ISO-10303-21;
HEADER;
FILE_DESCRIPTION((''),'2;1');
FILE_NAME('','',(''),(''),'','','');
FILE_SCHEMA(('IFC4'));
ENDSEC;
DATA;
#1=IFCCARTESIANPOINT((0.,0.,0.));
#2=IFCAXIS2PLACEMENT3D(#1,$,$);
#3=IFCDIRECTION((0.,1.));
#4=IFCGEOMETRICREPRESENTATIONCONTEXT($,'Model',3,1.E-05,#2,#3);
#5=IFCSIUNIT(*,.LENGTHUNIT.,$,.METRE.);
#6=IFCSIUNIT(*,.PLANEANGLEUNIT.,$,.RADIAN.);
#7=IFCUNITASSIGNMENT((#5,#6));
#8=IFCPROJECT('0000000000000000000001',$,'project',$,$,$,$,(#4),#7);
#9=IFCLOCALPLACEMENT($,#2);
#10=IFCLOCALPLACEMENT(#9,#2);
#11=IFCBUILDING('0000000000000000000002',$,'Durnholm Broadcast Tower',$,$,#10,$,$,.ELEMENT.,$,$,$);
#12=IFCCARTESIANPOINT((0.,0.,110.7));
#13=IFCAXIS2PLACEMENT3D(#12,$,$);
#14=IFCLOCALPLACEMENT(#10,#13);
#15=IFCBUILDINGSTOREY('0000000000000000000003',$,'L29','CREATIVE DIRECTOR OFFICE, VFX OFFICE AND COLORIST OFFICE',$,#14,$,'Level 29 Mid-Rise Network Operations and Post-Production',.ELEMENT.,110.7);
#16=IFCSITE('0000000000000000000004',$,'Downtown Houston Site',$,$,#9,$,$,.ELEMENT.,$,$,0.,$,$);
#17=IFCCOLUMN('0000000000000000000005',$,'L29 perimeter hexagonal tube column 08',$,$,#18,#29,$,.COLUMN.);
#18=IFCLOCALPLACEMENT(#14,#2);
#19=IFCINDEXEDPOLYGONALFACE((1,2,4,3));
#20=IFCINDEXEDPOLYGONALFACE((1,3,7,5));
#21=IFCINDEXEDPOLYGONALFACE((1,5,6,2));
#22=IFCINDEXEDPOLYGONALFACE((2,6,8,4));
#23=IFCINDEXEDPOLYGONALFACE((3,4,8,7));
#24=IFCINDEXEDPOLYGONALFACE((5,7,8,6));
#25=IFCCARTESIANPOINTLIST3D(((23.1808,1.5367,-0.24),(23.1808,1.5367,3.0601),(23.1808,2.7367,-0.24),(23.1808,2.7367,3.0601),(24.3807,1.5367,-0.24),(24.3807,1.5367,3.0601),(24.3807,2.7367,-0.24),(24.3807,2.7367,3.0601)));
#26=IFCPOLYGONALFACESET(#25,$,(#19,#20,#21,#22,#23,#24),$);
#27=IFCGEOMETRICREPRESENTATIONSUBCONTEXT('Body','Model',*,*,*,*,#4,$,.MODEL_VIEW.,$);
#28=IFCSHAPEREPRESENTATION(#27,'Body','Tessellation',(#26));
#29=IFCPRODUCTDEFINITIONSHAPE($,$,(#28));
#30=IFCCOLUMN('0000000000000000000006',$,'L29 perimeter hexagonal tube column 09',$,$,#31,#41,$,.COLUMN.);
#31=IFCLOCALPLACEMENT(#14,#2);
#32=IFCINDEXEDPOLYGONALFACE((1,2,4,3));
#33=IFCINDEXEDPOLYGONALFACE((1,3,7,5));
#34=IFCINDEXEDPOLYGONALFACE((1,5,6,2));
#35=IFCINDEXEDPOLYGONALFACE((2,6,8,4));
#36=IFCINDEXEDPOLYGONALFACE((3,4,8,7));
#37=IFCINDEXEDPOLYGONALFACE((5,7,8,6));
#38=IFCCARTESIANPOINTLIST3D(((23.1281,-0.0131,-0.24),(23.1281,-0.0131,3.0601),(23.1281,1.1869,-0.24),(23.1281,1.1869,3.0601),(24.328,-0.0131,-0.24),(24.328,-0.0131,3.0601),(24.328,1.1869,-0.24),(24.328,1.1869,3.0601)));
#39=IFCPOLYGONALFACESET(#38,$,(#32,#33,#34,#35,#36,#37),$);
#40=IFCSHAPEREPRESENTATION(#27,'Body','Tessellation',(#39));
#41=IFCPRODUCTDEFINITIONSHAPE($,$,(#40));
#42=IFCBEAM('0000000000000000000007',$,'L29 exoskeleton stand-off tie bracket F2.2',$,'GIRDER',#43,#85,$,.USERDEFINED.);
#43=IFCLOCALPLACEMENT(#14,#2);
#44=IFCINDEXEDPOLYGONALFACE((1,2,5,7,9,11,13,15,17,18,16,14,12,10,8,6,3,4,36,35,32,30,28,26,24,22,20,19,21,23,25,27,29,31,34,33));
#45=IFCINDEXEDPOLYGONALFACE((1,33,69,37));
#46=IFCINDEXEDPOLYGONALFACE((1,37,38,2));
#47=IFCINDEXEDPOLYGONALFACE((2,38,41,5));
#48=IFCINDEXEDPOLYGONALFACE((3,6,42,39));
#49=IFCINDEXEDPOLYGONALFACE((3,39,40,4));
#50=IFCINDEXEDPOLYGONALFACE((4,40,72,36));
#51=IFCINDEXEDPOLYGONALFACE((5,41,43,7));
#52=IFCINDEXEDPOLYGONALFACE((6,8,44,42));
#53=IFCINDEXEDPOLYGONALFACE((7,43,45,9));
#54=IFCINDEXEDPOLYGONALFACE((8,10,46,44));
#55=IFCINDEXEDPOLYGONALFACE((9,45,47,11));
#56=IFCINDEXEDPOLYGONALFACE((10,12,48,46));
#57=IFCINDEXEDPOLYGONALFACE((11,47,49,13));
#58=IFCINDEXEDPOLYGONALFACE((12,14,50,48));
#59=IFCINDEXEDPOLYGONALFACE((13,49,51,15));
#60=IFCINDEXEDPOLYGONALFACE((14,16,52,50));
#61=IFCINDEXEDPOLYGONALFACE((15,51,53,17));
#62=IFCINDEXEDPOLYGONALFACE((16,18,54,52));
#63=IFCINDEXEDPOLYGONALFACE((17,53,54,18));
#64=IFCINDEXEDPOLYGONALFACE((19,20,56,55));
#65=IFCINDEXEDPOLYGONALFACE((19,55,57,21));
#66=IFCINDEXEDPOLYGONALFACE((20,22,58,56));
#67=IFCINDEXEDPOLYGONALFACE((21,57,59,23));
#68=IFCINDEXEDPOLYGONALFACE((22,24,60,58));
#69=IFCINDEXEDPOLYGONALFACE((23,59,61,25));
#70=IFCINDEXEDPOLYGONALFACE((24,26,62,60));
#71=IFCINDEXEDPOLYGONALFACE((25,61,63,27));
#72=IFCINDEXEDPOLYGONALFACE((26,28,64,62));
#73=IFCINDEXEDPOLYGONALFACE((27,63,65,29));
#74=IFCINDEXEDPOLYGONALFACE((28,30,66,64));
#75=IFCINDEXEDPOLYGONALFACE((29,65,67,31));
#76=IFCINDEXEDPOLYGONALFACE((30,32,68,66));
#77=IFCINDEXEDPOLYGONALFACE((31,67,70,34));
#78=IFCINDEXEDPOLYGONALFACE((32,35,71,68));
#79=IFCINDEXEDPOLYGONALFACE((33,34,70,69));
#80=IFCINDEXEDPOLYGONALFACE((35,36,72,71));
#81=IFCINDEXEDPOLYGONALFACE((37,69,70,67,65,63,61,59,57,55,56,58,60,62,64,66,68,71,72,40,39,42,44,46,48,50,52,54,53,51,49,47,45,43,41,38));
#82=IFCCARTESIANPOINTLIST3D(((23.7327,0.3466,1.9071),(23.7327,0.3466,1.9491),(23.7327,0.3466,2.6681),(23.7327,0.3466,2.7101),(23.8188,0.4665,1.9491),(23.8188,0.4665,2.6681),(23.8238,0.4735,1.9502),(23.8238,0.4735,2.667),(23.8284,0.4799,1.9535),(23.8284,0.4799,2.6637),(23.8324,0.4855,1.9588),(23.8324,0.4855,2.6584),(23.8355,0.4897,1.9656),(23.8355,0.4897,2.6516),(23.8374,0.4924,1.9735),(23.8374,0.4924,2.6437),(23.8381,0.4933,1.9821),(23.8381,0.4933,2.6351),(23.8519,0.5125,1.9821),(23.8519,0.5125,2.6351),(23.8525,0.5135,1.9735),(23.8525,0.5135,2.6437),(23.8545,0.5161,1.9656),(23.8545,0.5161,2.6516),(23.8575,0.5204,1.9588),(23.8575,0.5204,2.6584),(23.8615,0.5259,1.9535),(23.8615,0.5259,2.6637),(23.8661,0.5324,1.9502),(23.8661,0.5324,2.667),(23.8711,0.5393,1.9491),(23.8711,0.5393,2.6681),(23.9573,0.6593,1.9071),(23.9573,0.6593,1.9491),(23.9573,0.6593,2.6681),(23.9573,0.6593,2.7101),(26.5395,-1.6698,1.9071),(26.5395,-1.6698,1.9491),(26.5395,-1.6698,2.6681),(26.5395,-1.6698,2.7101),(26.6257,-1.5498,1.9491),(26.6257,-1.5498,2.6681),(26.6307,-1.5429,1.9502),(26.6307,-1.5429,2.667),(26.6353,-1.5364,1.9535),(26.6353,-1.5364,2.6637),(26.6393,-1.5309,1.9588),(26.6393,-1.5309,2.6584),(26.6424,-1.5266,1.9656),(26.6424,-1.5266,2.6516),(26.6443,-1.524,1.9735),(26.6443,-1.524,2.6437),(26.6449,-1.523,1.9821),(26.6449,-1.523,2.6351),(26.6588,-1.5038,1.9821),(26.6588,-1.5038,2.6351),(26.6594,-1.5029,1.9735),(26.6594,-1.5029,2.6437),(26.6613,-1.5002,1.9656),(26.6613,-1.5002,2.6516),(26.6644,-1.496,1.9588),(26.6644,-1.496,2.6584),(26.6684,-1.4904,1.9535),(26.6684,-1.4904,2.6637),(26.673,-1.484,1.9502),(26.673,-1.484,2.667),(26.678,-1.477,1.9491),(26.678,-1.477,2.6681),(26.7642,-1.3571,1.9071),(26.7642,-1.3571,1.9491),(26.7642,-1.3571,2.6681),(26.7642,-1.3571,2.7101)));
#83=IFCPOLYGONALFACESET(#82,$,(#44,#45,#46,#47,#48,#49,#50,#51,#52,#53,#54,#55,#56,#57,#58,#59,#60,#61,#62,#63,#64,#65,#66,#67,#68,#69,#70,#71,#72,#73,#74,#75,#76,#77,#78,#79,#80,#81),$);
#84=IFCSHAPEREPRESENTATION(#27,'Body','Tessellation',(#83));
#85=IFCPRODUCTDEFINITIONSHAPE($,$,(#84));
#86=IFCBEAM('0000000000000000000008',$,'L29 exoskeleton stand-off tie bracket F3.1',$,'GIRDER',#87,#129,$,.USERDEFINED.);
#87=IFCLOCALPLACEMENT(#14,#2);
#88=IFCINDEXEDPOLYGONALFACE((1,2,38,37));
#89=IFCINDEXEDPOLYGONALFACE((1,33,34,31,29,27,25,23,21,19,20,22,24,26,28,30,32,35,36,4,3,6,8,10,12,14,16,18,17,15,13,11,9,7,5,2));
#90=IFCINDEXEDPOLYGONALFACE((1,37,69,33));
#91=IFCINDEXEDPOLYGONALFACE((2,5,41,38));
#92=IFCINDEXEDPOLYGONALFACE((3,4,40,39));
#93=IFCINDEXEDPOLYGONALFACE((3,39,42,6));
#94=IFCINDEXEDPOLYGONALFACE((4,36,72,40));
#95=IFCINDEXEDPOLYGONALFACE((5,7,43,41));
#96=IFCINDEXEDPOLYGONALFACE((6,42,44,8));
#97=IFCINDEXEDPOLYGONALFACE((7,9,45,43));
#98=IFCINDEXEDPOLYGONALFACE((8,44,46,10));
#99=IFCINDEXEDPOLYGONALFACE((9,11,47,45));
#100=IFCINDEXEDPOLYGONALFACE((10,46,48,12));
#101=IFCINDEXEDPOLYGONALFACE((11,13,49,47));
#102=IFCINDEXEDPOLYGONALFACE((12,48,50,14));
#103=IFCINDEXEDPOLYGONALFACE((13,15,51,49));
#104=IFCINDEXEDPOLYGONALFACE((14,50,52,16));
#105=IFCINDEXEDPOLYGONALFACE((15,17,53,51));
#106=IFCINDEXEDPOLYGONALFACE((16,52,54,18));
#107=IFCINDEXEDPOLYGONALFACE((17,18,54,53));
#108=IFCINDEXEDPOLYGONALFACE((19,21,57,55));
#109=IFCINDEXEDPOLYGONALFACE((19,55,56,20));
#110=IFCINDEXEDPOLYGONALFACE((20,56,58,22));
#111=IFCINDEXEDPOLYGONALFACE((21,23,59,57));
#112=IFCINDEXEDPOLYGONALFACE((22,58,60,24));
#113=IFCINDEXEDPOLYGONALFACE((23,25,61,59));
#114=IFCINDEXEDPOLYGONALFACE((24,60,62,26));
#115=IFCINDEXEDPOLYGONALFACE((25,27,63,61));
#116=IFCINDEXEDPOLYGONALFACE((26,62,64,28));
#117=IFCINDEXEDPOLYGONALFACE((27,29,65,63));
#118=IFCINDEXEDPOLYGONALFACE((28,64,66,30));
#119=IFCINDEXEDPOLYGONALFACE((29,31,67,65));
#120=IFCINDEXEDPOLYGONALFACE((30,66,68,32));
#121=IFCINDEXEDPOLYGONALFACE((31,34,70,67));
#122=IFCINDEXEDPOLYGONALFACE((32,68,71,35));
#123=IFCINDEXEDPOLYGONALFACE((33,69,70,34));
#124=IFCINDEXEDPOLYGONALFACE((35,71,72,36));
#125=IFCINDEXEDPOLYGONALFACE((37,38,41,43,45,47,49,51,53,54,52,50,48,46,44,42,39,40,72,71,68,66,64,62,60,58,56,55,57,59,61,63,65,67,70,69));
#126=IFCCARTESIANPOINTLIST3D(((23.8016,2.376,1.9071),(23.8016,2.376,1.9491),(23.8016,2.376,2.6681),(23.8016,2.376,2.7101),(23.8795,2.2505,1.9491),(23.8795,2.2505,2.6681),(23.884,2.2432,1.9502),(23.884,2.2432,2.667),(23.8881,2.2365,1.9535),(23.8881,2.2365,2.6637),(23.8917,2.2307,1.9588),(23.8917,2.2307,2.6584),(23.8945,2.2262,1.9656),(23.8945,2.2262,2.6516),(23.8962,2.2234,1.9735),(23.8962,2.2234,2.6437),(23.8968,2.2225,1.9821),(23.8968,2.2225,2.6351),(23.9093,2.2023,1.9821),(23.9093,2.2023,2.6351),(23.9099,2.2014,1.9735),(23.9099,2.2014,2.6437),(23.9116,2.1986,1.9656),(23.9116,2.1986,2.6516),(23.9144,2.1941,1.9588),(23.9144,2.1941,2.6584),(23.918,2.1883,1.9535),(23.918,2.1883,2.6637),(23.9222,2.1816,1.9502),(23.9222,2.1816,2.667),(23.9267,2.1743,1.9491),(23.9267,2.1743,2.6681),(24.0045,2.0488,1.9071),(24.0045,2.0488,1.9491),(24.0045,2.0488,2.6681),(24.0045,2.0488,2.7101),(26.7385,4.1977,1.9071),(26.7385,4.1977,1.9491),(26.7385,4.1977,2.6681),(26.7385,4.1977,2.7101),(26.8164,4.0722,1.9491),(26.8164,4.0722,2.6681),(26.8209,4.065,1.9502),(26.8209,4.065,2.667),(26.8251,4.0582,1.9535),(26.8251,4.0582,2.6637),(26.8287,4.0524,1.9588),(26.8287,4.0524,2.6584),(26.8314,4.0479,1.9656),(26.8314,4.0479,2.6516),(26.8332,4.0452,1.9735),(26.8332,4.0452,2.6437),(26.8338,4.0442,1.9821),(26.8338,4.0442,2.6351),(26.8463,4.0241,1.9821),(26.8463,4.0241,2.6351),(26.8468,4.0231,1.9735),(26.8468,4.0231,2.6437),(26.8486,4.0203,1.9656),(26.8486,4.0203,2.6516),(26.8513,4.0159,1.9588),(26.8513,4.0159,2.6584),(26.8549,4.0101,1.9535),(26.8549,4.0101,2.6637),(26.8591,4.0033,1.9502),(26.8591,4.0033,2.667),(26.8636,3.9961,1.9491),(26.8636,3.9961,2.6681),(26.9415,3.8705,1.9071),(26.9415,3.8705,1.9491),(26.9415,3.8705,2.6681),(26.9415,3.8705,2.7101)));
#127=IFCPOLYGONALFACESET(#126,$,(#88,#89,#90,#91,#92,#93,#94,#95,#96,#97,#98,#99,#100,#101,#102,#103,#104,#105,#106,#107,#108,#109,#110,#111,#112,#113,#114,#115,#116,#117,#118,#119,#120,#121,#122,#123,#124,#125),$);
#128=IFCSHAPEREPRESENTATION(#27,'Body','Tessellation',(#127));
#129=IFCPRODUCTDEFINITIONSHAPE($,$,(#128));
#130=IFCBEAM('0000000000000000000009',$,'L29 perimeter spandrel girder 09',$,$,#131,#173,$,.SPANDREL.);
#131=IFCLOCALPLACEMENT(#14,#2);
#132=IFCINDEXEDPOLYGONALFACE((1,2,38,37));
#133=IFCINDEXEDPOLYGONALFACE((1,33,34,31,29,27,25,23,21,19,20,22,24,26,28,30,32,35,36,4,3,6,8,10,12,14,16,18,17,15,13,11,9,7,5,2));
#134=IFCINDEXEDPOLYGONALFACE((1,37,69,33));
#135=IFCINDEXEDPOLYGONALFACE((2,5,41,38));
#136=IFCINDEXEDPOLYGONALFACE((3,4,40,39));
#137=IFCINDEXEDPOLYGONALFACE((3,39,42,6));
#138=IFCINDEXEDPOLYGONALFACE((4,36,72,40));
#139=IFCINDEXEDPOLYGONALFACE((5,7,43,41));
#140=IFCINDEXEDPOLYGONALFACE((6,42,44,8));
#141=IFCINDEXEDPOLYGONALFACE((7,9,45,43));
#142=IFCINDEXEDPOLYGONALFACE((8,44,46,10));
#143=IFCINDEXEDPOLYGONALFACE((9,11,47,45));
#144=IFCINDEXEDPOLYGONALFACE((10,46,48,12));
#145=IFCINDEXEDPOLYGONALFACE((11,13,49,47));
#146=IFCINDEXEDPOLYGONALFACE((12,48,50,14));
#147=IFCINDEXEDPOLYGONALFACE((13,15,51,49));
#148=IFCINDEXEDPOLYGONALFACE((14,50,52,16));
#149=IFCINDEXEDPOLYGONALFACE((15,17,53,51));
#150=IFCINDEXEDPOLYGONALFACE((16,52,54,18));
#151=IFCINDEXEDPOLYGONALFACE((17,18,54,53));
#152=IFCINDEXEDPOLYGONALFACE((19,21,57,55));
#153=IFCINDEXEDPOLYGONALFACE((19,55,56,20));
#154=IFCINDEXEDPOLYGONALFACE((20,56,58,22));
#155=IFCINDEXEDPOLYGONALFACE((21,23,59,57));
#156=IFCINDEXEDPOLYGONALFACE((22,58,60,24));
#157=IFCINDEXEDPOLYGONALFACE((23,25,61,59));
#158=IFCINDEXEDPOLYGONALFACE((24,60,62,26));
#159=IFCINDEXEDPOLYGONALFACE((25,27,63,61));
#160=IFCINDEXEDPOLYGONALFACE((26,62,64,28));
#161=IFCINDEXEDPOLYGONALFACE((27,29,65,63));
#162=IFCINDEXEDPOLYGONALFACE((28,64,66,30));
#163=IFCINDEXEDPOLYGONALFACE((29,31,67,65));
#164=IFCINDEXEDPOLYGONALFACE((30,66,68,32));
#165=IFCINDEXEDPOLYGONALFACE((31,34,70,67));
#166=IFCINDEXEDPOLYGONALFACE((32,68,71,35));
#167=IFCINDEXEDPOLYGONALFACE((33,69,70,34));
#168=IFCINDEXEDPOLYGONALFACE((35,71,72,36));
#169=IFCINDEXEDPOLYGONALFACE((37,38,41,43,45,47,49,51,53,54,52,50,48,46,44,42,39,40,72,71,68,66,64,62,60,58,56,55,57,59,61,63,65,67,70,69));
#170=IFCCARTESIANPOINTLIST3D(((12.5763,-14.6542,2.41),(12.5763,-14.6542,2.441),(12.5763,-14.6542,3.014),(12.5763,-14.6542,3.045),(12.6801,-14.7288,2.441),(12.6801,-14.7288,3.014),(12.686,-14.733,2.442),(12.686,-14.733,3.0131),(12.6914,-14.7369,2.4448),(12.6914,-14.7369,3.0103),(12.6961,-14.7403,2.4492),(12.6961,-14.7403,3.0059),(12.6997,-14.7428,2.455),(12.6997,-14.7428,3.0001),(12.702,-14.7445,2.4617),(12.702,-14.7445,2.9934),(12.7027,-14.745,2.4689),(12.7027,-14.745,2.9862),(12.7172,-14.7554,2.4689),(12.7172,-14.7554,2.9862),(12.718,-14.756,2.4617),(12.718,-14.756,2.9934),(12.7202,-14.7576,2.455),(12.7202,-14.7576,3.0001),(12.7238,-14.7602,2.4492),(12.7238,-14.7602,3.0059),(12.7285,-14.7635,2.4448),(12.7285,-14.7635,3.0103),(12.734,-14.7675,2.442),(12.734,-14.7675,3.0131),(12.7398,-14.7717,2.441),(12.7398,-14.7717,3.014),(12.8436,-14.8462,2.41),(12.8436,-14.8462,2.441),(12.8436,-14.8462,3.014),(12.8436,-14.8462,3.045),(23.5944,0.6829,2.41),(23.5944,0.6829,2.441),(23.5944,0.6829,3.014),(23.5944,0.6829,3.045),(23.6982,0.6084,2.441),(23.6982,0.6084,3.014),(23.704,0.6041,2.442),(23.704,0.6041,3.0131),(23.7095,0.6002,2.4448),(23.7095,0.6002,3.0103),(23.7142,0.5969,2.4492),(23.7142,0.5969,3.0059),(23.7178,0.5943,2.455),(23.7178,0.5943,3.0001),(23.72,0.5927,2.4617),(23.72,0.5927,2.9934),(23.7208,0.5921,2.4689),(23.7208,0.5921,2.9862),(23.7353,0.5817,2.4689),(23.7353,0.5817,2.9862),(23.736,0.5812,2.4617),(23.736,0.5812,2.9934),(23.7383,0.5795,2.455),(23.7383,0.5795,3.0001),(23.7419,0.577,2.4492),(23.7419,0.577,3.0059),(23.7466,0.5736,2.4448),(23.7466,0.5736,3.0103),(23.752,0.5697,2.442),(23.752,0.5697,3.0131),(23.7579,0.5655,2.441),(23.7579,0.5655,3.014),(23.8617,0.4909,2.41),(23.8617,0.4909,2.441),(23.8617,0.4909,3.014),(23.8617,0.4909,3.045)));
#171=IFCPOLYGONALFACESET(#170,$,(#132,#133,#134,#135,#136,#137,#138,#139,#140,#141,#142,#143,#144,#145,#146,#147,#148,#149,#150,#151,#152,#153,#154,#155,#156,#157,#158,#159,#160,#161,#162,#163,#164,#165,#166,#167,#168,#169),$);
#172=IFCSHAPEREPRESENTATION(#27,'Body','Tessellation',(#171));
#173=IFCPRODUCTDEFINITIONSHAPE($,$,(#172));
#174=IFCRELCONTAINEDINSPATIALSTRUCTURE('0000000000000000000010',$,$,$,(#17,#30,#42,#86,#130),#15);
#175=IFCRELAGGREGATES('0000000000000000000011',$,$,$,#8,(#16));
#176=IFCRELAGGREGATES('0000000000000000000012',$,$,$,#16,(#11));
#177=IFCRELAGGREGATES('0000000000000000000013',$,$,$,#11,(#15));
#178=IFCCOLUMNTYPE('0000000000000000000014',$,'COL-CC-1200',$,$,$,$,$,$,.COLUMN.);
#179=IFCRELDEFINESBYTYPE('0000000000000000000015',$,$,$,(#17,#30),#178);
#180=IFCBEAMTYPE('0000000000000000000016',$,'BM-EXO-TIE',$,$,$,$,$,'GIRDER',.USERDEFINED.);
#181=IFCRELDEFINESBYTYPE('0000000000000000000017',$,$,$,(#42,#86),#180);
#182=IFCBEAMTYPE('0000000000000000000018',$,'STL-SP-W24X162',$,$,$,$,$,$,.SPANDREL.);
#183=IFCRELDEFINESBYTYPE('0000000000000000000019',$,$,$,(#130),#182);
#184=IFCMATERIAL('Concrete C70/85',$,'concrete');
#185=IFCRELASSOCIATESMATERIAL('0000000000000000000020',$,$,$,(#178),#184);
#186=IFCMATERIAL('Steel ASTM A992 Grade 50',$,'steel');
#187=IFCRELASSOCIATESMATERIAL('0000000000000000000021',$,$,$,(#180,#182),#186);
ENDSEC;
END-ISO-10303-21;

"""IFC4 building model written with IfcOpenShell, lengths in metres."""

from ifc_helpers import new_model, si_unit, direction, frame, origin, origin_2d, place, context, subcontext, project, spatial, rectangle, i_section, extrude, source, transform, mapped, material, material_profile, profile_set, type_object, type_shapes, element, save


model = new_model("IFC4")

# Units and contexts
model_context = context("Model", 3, precision=1e-05, world=origin(), true_north=direction((0.0, 1.0)))
body_context = subcontext(model_context, "Body", "Model", "MODEL_VIEW")
ifc_project = project(units=[si_unit("LENGTHUNIT", "METRE"), si_unit("PLANEANGLEUNIT", "RADIAN")], contexts=[model_context])

# Site, building, storey
site_placement = place(None, origin())
site = spatial("IfcSite", under=ifc_project, at=site_placement, Name="Downtown Houston Site", CompositionType="ELEMENT", RefElevation=0.0)
building_placement = place(site_placement, origin())
building = spatial("IfcBuilding", under=site, at=building_placement, Name="Durnholm Broadcast Tower", CompositionType="ELEMENT")
storey_placement = place(building_placement, frame((0.0, 0.0, 110.7)))
storey = spatial("IfcBuildingStorey", under=building, at=storey_placement, Name="L29", Description="CREATIVE DIRECTOR OFFICE, VFX OFFICE AND COLORIST OFFICE", LongName="Level 29 Mid-Rise Network Operations and Post-Production", CompositionType="ELEMENT", Elevation=110.7)

# Columns
ifc_material_1 = material(Name="Concrete C70/85", Category="concrete")
ifc_material_profile_1 = material_profile(ifc_material_1, rectangle(XDim=1.2, YDim=1.2, at=origin_2d()), Name="RC1200X1200")
ifc_profile_set_1 = profile_set([ifc_material_profile_1], Name="Concrete C70/85")
column_type = type_object("IfcColumnType", Name="COL-CC-1200", PredefinedType="COLUMN", material=ifc_profile_set_1)
shared_shape_1 = source(origin(), body_context, "Body", "SweptSolid", [
    extrude(rectangle(XDim=1.2, YDim=1.2, at=origin_2d()), origin(), (0.0, 0.0, 1.0), 3.3),
])
type_shapes(column_type, [shared_shape_1])
for number, where, z_axis, x_axis, name in (
    (1, (23.7808, 2.1367, -0.24), (0.0, 0.0, 1.0), (1.0, 0.0, 0.0), "L29 perimeter hexagonal tube column 08"),
    (2, (23.728, 0.5869, -0.24), (0.0, 0.0, 1.0), (1.0, 0.0, 0.0), "L29 perimeter hexagonal tube column 09"),
):
    element("IfcColumn", number, at=place(storey_placement, frame(where, z_axis=z_axis, x_axis=x_axis)), inside=storey, type_object=column_type, Name=name, PredefinedType="COLUMN", context=body_context, shape_type="MappedRepresentation", body=[
        mapped(shared_shape_1, transform((0.0, 0.0, 0.0), x_axis=(1.0, 0.0, 0.0), y_axis=(0.0, 1.0, 0.0), z_axis=(0.0, 0.0, 1.0), scale=1.0)),
    ])

# Beams
ifc_material_2 = material(Name="Steel ASTM A992 Grade 50", Category="steel")
ifc_material_profile_2 = material_profile(ifc_material_2, i_section(OverallWidth=0.385, OverallDepth=0.803, WebThickness=0.0237, FlangeThickness=0.042, FilletRadius=0.033, at=origin_2d()), Name="W30X261")
ifc_profile_set_2 = profile_set([ifc_material_profile_2], Name="Steel ASTM A992 Grade 50")
beam_type_1 = type_object("IfcBeamType", Name="BM-EXO-TIE", ElementType="GIRDER", PredefinedType="USERDEFINED", material=ifc_profile_set_2)
shared_shape_2 = source(origin(), body_context, "Body", "SweptSolid", [
    extrude(i_section(OverallWidth=0.385, OverallDepth=0.803, WebThickness=0.0237, FlangeThickness=0.042, FilletRadius=0.033, at=origin_2d()), origin(), (0.0, 0.0, 1.0), 3.4561),
])
for number, where, z_axis, x_axis, name in (
    (3, (23.845, 0.5029, 2.3086), (0.812165, -0.583428, 0.0), (0.583428, 0.812165, 0.0), "L29 exoskeleton stand-off tie bracket F2.2"),
    (4, (23.9031, 2.2124, 2.3086), (0.849795, 0.527113, 0.0), (-0.527113, 0.849795, 0.0), "L29 exoskeleton stand-off tie bracket F3.1"),
):
    element("IfcBeam", number, at=place(storey_placement, frame(where, z_axis=z_axis, x_axis=x_axis)), inside=storey, type_object=beam_type_1, Name=name, ObjectType="GIRDER", PredefinedType="USERDEFINED", context=body_context, shape_type="MappedRepresentation", body=[
        mapped(shared_shape_2, transform((0.0, 0.0, 0.0), x_axis=(1.0, 0.0, 0.0), y_axis=(0.0, 1.0, 0.0), z_axis=(0.0, 0.0, 1.0), scale=1.0)),
    ])
ifc_material_profile_3 = material_profile(ifc_material_2, i_section(OverallWidth=0.3291, OverallDepth=0.635, WebThickness=0.0178, FlangeThickness=0.031, FilletRadius=0.0278, at=origin_2d()), Name="W24X162")
ifc_profile_set_3 = profile_set([ifc_material_profile_3], Name="Steel ASTM A992 Grade 50")
beam_type_2 = type_object("IfcBeamType", Name="STL-SP-W24X162", PredefinedType="SPANDREL", material=ifc_profile_set_3)
shared_shape_3 = source(origin(), body_context, "Body", "SweptSolid", [
    extrude(i_section(OverallWidth=0.3291, OverallDepth=0.635, WebThickness=0.0178, FlangeThickness=0.031, FilletRadius=0.0278, at=origin_2d()), origin(), (0.0, 0.0, 1.0), 18.8845),
])
beam_1_placement = place(storey_placement, frame((23.728, 0.5869, 2.7275), z_axis=(-0.583443, -0.812154, 0.0), x_axis=(0.812154, -0.583443, 0.0)))
element("IfcBeam", 5, at=beam_1_placement, inside=storey, type_object=beam_type_2, Name="L29 perimeter spandrel girder 09", PredefinedType="SPANDREL", context=body_context, shape_type="MappedRepresentation", body=[
    mapped(shared_shape_3, transform((0.0, 0.0, 0.0), x_axis=(1.0, 0.0, 0.0), y_axis=(0.0, 1.0, 0.0), z_axis=(0.0, 0.0, 1.0), scale=1.0)),
])

save(model, "model.ifc")
